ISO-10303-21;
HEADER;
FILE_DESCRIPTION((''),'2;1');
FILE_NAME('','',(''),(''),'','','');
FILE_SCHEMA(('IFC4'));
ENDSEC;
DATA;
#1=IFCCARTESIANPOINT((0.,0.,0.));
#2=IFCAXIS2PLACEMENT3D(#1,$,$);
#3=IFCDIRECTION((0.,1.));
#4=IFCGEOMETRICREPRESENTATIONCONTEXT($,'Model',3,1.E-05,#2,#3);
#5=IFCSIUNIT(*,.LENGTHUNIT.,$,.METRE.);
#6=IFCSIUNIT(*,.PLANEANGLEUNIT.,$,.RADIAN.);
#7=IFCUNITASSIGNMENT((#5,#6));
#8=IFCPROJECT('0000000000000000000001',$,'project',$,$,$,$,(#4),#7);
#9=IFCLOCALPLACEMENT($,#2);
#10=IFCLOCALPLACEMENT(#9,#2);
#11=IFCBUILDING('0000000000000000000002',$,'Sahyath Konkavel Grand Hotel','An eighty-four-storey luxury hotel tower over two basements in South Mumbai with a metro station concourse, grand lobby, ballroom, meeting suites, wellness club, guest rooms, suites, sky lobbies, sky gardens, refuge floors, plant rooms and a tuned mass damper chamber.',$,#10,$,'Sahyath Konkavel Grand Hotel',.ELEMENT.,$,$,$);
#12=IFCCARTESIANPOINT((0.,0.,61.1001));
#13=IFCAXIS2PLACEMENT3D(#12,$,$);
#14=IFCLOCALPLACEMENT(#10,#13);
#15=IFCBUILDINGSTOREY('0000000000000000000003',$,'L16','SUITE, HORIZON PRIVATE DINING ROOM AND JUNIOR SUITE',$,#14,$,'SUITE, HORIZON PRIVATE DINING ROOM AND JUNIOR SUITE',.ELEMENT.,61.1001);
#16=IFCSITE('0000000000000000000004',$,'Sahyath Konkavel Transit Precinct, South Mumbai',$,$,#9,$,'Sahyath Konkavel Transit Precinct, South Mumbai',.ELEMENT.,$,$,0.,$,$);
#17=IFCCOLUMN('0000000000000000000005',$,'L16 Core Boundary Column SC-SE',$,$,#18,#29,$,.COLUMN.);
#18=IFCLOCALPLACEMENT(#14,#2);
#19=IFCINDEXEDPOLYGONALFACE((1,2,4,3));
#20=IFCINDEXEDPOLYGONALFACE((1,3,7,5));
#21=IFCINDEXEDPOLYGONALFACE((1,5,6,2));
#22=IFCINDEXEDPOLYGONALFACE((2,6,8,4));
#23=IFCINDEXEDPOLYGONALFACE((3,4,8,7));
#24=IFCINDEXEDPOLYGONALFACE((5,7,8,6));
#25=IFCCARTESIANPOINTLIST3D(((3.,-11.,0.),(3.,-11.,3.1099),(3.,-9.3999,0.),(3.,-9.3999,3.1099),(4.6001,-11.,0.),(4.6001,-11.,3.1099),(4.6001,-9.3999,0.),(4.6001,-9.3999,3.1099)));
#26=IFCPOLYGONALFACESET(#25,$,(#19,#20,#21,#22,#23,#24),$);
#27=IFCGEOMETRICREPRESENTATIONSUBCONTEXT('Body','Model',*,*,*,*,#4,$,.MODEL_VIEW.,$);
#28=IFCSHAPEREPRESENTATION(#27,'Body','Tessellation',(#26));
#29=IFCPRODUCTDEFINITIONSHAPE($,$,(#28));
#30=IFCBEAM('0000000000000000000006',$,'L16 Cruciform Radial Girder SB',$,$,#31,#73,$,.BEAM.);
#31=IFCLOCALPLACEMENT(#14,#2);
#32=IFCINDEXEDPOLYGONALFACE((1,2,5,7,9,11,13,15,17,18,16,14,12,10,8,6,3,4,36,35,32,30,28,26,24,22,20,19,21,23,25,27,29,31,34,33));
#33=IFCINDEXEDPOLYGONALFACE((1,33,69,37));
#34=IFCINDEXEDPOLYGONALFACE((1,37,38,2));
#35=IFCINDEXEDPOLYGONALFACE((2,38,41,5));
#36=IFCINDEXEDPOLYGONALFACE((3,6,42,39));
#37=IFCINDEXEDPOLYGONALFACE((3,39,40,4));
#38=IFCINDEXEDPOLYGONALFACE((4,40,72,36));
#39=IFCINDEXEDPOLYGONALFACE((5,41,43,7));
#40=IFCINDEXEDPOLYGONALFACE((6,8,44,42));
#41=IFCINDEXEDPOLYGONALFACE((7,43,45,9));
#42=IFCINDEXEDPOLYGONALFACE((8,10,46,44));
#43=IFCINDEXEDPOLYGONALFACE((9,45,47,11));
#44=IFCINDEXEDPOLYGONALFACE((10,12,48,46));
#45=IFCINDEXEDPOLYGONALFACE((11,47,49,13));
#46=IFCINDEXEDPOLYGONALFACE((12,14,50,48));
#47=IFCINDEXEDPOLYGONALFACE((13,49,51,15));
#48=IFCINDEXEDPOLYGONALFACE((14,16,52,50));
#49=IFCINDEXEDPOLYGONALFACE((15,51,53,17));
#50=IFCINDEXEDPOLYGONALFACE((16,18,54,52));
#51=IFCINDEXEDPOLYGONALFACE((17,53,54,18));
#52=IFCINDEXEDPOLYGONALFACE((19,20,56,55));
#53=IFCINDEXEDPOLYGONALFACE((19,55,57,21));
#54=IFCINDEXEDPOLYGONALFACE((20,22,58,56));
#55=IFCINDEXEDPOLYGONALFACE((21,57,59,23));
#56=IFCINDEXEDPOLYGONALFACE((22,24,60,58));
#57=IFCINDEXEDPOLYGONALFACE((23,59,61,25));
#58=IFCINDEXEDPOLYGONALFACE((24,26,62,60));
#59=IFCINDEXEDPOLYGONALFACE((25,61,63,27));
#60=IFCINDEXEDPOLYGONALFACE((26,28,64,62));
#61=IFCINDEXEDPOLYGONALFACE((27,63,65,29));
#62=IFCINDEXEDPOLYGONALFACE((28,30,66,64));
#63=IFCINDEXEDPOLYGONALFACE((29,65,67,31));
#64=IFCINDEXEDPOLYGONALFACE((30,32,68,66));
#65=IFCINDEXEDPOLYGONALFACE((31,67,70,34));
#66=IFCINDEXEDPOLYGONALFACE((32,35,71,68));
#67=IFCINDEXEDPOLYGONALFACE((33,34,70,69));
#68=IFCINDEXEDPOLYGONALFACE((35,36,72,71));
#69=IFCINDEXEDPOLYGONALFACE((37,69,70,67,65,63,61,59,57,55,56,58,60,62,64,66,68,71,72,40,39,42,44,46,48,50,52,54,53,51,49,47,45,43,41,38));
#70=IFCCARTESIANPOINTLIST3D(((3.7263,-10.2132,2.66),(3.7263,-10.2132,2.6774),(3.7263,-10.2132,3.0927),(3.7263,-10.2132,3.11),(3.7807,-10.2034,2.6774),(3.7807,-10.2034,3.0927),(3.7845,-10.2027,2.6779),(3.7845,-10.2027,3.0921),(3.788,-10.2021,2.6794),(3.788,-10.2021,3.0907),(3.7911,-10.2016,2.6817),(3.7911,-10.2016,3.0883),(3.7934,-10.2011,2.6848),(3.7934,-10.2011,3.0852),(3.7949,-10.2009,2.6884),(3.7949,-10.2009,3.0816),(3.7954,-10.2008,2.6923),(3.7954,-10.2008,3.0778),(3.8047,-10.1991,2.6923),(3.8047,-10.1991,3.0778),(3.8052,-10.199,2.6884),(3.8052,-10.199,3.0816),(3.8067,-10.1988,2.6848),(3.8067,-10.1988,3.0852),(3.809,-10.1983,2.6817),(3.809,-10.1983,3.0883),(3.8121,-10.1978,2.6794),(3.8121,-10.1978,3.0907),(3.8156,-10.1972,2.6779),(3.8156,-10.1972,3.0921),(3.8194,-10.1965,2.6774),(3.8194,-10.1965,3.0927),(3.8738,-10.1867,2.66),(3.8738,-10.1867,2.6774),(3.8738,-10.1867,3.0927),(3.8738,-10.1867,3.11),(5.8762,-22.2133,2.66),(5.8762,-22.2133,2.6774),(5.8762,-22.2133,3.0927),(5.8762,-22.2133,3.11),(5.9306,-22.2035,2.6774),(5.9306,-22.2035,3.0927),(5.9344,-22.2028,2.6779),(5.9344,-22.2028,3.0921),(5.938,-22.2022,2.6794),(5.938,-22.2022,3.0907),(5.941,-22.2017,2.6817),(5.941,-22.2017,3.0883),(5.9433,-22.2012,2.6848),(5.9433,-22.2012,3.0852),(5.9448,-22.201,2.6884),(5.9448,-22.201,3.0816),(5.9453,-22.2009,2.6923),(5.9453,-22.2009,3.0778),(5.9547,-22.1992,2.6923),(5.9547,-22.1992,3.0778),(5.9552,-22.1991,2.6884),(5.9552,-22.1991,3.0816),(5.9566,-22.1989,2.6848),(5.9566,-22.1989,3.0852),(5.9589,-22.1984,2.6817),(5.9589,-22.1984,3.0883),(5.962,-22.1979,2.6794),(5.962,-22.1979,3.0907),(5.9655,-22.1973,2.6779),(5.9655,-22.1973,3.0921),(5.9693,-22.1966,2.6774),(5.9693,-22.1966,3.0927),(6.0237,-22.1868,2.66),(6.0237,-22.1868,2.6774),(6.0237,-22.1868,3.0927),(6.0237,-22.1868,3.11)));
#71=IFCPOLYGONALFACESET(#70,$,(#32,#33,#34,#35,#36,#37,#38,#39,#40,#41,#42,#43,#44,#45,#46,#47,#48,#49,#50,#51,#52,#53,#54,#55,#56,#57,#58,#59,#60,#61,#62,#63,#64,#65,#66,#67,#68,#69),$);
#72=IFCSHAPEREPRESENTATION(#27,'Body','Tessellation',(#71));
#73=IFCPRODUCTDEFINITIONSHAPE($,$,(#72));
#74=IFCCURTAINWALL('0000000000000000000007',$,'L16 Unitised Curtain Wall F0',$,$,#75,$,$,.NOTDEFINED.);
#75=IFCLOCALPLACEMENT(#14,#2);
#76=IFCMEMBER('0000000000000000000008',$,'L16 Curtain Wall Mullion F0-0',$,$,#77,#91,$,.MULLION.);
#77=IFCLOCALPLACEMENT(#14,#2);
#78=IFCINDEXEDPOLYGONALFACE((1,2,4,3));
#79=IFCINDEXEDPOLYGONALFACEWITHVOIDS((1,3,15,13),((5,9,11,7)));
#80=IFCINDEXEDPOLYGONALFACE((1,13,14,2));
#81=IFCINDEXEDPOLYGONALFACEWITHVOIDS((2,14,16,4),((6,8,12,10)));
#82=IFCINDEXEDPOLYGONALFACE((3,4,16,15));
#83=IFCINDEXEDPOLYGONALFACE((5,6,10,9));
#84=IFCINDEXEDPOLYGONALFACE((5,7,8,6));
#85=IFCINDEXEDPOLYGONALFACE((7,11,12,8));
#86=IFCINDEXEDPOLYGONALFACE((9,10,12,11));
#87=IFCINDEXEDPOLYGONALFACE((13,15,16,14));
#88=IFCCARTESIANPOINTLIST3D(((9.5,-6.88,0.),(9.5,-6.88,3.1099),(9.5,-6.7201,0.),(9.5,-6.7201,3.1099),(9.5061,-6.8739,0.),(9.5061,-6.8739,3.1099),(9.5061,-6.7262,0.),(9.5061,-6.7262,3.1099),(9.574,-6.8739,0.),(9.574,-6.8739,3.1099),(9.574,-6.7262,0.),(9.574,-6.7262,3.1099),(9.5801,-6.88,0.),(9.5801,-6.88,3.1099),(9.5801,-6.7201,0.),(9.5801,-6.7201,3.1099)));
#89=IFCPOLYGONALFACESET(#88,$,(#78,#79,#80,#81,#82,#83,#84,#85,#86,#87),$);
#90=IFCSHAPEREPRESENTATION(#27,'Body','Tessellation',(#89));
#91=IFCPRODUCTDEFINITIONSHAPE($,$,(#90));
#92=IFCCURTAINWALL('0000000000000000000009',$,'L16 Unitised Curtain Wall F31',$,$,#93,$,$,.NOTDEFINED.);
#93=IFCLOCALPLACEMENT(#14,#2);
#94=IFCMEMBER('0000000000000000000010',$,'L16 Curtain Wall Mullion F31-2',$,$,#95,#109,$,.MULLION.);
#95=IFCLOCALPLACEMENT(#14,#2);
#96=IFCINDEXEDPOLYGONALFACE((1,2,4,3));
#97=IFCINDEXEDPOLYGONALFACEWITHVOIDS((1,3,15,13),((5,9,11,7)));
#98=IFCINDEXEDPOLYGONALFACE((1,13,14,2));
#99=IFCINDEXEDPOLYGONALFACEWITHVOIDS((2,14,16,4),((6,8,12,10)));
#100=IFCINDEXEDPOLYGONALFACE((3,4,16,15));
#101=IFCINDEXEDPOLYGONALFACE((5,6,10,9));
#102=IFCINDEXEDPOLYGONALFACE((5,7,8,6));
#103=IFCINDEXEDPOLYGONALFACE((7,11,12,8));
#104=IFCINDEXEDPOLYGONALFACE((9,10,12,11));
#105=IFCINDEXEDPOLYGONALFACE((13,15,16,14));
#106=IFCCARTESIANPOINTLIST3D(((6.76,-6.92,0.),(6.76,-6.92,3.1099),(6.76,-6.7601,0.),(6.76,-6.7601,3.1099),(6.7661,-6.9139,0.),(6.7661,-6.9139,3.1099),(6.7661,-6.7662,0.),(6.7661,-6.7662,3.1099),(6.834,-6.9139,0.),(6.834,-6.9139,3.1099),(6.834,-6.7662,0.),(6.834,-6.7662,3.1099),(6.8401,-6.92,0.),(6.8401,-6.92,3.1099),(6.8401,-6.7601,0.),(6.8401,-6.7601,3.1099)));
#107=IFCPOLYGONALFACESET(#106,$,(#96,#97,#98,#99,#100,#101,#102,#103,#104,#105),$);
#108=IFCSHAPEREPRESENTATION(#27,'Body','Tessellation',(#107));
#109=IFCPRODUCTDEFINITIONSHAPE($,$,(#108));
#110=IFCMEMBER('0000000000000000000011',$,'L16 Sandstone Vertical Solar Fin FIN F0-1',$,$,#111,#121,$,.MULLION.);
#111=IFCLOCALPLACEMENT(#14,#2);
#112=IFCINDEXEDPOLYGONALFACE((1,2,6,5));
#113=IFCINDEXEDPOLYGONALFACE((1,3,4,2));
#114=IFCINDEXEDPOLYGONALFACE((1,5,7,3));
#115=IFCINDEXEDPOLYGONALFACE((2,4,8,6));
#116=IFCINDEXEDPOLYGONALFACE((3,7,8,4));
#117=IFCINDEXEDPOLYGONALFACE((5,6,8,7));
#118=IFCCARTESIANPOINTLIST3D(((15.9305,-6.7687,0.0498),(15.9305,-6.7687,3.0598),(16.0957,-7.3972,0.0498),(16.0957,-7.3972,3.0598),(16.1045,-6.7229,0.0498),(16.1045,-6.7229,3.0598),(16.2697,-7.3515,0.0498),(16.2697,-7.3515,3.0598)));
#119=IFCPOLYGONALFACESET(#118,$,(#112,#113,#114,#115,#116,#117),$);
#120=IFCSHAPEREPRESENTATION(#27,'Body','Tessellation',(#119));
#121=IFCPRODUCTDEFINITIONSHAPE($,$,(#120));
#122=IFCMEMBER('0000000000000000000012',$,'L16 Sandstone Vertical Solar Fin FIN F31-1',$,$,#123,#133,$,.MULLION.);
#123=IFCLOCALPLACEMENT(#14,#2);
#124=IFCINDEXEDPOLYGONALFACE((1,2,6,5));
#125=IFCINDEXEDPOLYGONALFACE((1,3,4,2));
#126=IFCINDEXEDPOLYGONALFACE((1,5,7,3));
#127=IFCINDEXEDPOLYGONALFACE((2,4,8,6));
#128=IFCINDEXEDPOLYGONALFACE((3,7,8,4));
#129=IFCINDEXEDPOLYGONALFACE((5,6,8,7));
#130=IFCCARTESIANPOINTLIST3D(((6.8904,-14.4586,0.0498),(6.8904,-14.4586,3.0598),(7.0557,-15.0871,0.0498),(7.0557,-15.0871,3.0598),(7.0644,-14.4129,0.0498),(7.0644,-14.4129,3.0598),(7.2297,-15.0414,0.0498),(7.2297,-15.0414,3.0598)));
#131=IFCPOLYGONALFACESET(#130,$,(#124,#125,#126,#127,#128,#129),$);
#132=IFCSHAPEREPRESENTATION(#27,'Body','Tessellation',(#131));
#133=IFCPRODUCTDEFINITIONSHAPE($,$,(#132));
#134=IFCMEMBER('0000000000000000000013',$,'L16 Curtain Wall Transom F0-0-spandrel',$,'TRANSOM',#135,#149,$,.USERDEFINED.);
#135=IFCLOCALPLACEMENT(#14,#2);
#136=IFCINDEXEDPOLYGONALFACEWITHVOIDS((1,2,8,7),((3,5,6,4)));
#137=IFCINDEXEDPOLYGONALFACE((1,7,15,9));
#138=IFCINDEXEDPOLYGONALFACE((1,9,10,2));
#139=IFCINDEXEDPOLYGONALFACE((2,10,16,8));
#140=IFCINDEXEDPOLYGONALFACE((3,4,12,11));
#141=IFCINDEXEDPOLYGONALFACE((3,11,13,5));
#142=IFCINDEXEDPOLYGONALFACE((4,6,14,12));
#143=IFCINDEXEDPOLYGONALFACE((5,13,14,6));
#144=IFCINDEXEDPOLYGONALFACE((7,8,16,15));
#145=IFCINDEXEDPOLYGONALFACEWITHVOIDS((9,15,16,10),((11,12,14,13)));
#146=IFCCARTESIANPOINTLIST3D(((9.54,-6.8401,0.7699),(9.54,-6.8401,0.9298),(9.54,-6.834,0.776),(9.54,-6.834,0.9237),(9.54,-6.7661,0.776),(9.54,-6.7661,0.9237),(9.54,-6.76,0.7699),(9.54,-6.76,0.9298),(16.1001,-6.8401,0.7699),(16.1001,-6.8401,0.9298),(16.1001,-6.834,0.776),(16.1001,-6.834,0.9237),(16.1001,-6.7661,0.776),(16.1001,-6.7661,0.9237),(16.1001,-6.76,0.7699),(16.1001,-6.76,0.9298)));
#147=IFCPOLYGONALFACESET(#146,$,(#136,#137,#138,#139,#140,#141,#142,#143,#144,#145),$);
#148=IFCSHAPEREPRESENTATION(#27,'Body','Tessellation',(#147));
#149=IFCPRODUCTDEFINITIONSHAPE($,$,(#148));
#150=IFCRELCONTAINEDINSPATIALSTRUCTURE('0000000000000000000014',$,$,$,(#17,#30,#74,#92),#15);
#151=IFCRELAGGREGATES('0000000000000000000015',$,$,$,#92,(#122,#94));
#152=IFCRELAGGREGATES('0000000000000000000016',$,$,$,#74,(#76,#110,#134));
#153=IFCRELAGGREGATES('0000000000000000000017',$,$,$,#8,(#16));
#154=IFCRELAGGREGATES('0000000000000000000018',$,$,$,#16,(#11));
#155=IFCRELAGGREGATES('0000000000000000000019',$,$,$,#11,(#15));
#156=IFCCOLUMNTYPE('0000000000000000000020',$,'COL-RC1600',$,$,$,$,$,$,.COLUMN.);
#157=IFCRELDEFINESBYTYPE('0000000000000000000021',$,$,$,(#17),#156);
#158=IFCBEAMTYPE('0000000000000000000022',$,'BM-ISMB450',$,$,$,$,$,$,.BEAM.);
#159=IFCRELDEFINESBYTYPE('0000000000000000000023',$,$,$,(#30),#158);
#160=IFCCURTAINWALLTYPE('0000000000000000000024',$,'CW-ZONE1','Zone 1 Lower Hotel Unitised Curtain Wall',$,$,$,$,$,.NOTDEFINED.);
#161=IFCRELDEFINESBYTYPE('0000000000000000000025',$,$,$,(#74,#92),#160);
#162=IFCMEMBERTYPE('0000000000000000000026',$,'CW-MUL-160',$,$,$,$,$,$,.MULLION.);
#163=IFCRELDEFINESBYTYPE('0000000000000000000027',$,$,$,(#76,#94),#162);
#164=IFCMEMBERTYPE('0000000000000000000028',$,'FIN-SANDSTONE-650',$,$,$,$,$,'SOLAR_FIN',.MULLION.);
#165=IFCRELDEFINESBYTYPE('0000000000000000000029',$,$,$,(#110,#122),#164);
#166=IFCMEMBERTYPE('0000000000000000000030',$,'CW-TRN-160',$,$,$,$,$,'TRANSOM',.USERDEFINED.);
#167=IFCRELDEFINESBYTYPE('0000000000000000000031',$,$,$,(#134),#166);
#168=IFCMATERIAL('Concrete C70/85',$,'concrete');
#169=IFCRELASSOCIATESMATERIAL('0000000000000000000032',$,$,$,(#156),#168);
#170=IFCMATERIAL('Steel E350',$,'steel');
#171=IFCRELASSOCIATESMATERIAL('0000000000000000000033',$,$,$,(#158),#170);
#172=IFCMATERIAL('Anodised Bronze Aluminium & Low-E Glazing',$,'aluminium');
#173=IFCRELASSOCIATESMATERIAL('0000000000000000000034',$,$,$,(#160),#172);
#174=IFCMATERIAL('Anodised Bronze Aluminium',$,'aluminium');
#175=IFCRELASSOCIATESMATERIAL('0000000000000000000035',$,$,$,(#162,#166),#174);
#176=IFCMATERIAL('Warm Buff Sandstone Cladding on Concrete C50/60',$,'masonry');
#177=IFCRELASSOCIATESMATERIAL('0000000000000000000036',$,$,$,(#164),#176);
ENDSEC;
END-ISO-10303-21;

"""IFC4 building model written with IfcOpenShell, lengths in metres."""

from ifc_helpers import new_model, si_unit, direction, frame, origin, origin_2d, place, context, subcontext, project, spatial, rectangle, hollow_rectangle, i_section, extrude, source, transform, mapped, material, material_profile, profile_set, type_object, element, aggregate, save


model = new_model("IFC4")

# Units and contexts
model_context = context("Model", 3, precision=1e-05, world=origin(), true_north=direction((0.0, 1.0)))
body_context = subcontext(model_context, "Body", "Model", "MODEL_VIEW")
ifc_project = project(units=[si_unit("LENGTHUNIT", "METRE"), si_unit("PLANEANGLEUNIT", "RADIAN")], contexts=[model_context])

# Site, building, storey
site_placement = place(None, origin())
site = spatial("IfcSite", under=ifc_project, at=site_placement, Name="Sahyath Konkavel Transit Precinct, South Mumbai", LongName="Sahyath Konkavel Transit Precinct, South Mumbai", CompositionType="ELEMENT", RefElevation=0.0)
building_placement = place(site_placement, origin())
building = spatial("IfcBuilding", under=site, at=building_placement, Name="Sahyath Konkavel Grand Hotel", Description="An eighty-four-storey luxury hotel tower over two basements in South Mumbai with a metro station concourse, grand lobby, ballroom, meeting suites, wellness club, guest rooms, suites, sky lobbies, sky gardens, refuge floors, plant rooms and a tuned mass damper chamber.", LongName="Sahyath Konkavel Grand Hotel", CompositionType="ELEMENT")
storey_placement = place(building_placement, frame((0.0, 0.0, 61.1001)))
storey = spatial("IfcBuildingStorey", under=building, at=storey_placement, Name="L16", Description="SUITE, HORIZON PRIVATE DINING ROOM AND JUNIOR SUITE", LongName="SUITE, HORIZON PRIVATE DINING ROOM AND JUNIOR SUITE", CompositionType="ELEMENT", Elevation=61.1001)

# Column
ifc_material_1 = material(Name="Concrete C70/85", Category="concrete")
ifc_material_profile_1 = material_profile(ifc_material_1, rectangle(XDim=1.6001, YDim=1.6001, at=origin_2d()), Name="RC 1600x1600")
ifc_profile_set_1 = profile_set([ifc_material_profile_1], Name="Concrete C70/85")
column_type = type_object("IfcColumnType", Name="COL-RC1600", PredefinedType="COLUMN", material=ifc_profile_set_1)
shared_shape_1 = source(origin(), body_context, "Body", "SweptSolid", [
    extrude(rectangle(XDim=1.6001, YDim=1.6001, at=origin_2d()), origin(), (0.0, 0.0, 1.0), 3.1099),
])
column_placement = place(storey_placement, frame((3.8, -10.2, 0.0), z_axis=(0.0, 0.0, 1.0), x_axis=(1.0, 0.0, 0.0)))
element("IfcColumn", 1, at=column_placement, inside=storey, type_object=column_type, Name="L16 Core Boundary Column SC-SE", PredefinedType="COLUMN", context=body_context, shape_type="MappedRepresentation", body=[
    mapped(shared_shape_1, transform((0.0, 0.0, 0.0), scale=1.0)),
])

# Beam
ifc_material_2 = material(Name="Steel E350", Category="steel")
ifc_material_profile_2 = material_profile(ifc_material_2, i_section(OverallWidth=0.1499, OverallDepth=0.45, WebThickness=0.0095, FlangeThickness=0.0173, FilletRadius=0.0149, at=origin_2d()), Name="ISMB 450")
ifc_profile_set_2 = profile_set([ifc_material_profile_2], Name="Steel E350")
beam_type_1 = type_object("IfcBeamType", Name="BM-ISMB450", PredefinedType="BEAM", material=ifc_profile_set_2)
shared_shape_2 = source(origin(), body_context, "Body", "SweptSolid", [
    extrude(i_section(OverallWidth=0.1499, OverallDepth=0.45, WebThickness=0.0095, FlangeThickness=0.0173, FilletRadius=0.0149, at=origin_2d()), origin(), (0.0, 0.0, 1.0), 12.1912),
])
beam_1_placement = place(storey_placement, frame((3.8, -10.2, 2.885), z_axis=(0.176351, -0.984327, 0.0), x_axis=(0.984327, 0.176351, 0.0)))
element("IfcBeam", 2, at=beam_1_placement, inside=storey, type_object=beam_type_1, Name="L16 Cruciform Radial Girder SB", PredefinedType="BEAM", context=body_context, shape_type="MappedRepresentation", body=[
    mapped(shared_shape_2, transform((0.0, 0.0, 0.0), scale=1.0)),
])

# Curtain walls, members
ifc_material_3 = material(Name="Anodised Bronze Aluminium & Low-E Glazing", Category="aluminium")
curtain_wall_type = type_object("IfcCurtainWallType", Name="CW-ZONE1", Description="Zone 1 Lower Hotel Unitised Curtain Wall", PredefinedType="NOTDEFINED", material=ifc_material_3)
curtain_wall_1_placement = place(storey_placement, origin())
curtain_wall_1 = element("IfcCurtainWall", 3, at=curtain_wall_1_placement, inside=storey, type_object=curtain_wall_type, Name="L16 Unitised Curtain Wall F0", PredefinedType="NOTDEFINED")
ifc_material_4 = material(Name="Anodised Bronze Aluminium", Category="aluminium")
ifc_material_profile_3 = material_profile(ifc_material_4, hollow_rectangle(XDim=0.0801, YDim=0.1599, WallThickness=0.0061, at=origin_2d()), Name="RHS 160x80x6")
ifc_profile_set_3 = profile_set([ifc_material_profile_3], Name="Anodised Bronze Aluminium")
member_type_1 = type_object("IfcMemberType", Name="CW-MUL-160", PredefinedType="MULLION", material=ifc_profile_set_3)
shared_shape_3 = source(origin(), body_context, "Body", "SweptSolid", [
    extrude(hollow_rectangle(XDim=0.0801, YDim=0.1599, WallThickness=0.0061, at=origin_2d()), origin(), (0.0, 0.0, 1.0), 3.1099),
])
member_1_placement = place(storey_placement, frame((9.54, -6.8, 0.0), z_axis=(0.0, 0.0, 1.0), x_axis=(1.0, 0.0, 0.0)))
member_1 = element("IfcMember", 4, at=member_1_placement, type_object=member_type_1, Name="L16 Curtain Wall Mullion F0-0", PredefinedType="MULLION", context=body_context, shape_type="MappedRepresentation", body=[
    mapped(shared_shape_3, transform((0.0, 0.0, 0.0), scale=1.0)),
])
curtain_wall_2_placement = place(storey_placement, origin())
curtain_wall_2 = element("IfcCurtainWall", 5, at=curtain_wall_2_placement, inside=storey, type_object=curtain_wall_type, Name="L16 Unitised Curtain Wall F31", PredefinedType="NOTDEFINED")
member_2_placement = place(storey_placement, frame((6.8, -6.8401, 0.0), z_axis=(0.0, 0.0, 1.0), x_axis=(1.0, 0.0, 0.0)))
member_2 = element("IfcMember", 6, at=member_2_placement, type_object=member_type_1, Name="L16 Curtain Wall Mullion F31-2", PredefinedType="MULLION", context=body_context, shape_type="MappedRepresentation", body=[
    mapped(shared_shape_3, transform((0.0, 0.0, 0.0), scale=1.0)),
])

# Members
ifc_material_5 = material(Name="Warm Buff Sandstone Cladding on Concrete C50/60", Category="masonry")
ifc_material_profile_4 = material_profile(ifc_material_5, rectangle(XDim=0.1799, YDim=0.6499, at=origin_2d()), Name="FIN 180x650")
ifc_profile_set_4 = profile_set([ifc_material_profile_4], Name="Warm Buff Sandstone Cladding on Concrete C50/60")
member_type_2 = type_object("IfcMemberType", Name="FIN-SANDSTONE-650", ElementType="SOLAR_FIN", PredefinedType="MULLION", material=ifc_profile_set_4)
shared_shape_4 = source(origin(), body_context, "Body", "SweptSolid", [
    extrude(rectangle(XDim=0.1799, YDim=0.6499, at=origin_2d()), origin(), (0.0, 0.0, 1.0), 3.01),
])
member_3_placement = place(storey_placement, frame((16.1001, -7.0601, 0.0498), z_axis=(0.0, 0.0, 1.0), x_axis=(0.967135, 0.254264, 0.0)))
member_3 = element("IfcMember", 7, at=member_3_placement, type_object=member_type_2, Name="L16 Sandstone Vertical Solar Fin FIN F0-1", PredefinedType="MULLION", context=body_context, shape_type="MappedRepresentation", body=[
    mapped(shared_shape_4, transform((0.0, 0.0, 0.0), scale=1.0)),
])
member_4_placement = place(storey_placement, frame((7.0601, -14.75, 0.0498), z_axis=(0.0, 0.0, 1.0), x_axis=(0.967135, 0.254264, 0.0)))
member_4 = element("IfcMember", 8, at=member_4_placement, type_object=member_type_2, Name="L16 Sandstone Vertical Solar Fin FIN F31-1", PredefinedType="MULLION", context=body_context, shape_type="MappedRepresentation", body=[
    mapped(shared_shape_4, transform((0.0, 0.0, 0.0), scale=1.0)),
])
ifc_material_profile_5 = material_profile(ifc_material_4, hollow_rectangle(XDim=0.0801, YDim=0.1599, WallThickness=0.0061, at=origin_2d()), Name="RHS 160x80x6")
ifc_profile_set_5 = profile_set([ifc_material_profile_5], Name="Anodised Bronze Aluminium")
member_type_3 = type_object("IfcMemberType", Name="CW-TRN-160", ElementType="TRANSOM", PredefinedType="USERDEFINED", material=ifc_profile_set_5)
shared_shape_5 = source(origin(), body_context, "Body", "SweptSolid", [
    extrude(hollow_rectangle(XDim=0.0801, YDim=0.1599, WallThickness=0.0061, at=origin_2d()), origin(), (0.0, 0.0, 1.0), 6.5601),
])
member_5_placement = place(storey_placement, frame((9.54, -6.8, 0.8499), z_axis=(1.0, 0.0, 0.0), x_axis=(0.0, 1.0, 0.0)))
member_5 = element("IfcMember", 9, at=member_5_placement, type_object=member_type_3, Name="L16 Curtain Wall Transom F0-0-spandrel", ObjectType="TRANSOM", PredefinedType="USERDEFINED", context=body_context, shape_type="MappedRepresentation", body=[
    mapped(shared_shape_5, transform((0.0, 0.0, 0.0), scale=1.0)),
])

aggregate(curtain_wall_2, [member_4, member_2])
aggregate(curtain_wall_1, [member_1, member_3, member_5])

save(model, "model.ifc")
